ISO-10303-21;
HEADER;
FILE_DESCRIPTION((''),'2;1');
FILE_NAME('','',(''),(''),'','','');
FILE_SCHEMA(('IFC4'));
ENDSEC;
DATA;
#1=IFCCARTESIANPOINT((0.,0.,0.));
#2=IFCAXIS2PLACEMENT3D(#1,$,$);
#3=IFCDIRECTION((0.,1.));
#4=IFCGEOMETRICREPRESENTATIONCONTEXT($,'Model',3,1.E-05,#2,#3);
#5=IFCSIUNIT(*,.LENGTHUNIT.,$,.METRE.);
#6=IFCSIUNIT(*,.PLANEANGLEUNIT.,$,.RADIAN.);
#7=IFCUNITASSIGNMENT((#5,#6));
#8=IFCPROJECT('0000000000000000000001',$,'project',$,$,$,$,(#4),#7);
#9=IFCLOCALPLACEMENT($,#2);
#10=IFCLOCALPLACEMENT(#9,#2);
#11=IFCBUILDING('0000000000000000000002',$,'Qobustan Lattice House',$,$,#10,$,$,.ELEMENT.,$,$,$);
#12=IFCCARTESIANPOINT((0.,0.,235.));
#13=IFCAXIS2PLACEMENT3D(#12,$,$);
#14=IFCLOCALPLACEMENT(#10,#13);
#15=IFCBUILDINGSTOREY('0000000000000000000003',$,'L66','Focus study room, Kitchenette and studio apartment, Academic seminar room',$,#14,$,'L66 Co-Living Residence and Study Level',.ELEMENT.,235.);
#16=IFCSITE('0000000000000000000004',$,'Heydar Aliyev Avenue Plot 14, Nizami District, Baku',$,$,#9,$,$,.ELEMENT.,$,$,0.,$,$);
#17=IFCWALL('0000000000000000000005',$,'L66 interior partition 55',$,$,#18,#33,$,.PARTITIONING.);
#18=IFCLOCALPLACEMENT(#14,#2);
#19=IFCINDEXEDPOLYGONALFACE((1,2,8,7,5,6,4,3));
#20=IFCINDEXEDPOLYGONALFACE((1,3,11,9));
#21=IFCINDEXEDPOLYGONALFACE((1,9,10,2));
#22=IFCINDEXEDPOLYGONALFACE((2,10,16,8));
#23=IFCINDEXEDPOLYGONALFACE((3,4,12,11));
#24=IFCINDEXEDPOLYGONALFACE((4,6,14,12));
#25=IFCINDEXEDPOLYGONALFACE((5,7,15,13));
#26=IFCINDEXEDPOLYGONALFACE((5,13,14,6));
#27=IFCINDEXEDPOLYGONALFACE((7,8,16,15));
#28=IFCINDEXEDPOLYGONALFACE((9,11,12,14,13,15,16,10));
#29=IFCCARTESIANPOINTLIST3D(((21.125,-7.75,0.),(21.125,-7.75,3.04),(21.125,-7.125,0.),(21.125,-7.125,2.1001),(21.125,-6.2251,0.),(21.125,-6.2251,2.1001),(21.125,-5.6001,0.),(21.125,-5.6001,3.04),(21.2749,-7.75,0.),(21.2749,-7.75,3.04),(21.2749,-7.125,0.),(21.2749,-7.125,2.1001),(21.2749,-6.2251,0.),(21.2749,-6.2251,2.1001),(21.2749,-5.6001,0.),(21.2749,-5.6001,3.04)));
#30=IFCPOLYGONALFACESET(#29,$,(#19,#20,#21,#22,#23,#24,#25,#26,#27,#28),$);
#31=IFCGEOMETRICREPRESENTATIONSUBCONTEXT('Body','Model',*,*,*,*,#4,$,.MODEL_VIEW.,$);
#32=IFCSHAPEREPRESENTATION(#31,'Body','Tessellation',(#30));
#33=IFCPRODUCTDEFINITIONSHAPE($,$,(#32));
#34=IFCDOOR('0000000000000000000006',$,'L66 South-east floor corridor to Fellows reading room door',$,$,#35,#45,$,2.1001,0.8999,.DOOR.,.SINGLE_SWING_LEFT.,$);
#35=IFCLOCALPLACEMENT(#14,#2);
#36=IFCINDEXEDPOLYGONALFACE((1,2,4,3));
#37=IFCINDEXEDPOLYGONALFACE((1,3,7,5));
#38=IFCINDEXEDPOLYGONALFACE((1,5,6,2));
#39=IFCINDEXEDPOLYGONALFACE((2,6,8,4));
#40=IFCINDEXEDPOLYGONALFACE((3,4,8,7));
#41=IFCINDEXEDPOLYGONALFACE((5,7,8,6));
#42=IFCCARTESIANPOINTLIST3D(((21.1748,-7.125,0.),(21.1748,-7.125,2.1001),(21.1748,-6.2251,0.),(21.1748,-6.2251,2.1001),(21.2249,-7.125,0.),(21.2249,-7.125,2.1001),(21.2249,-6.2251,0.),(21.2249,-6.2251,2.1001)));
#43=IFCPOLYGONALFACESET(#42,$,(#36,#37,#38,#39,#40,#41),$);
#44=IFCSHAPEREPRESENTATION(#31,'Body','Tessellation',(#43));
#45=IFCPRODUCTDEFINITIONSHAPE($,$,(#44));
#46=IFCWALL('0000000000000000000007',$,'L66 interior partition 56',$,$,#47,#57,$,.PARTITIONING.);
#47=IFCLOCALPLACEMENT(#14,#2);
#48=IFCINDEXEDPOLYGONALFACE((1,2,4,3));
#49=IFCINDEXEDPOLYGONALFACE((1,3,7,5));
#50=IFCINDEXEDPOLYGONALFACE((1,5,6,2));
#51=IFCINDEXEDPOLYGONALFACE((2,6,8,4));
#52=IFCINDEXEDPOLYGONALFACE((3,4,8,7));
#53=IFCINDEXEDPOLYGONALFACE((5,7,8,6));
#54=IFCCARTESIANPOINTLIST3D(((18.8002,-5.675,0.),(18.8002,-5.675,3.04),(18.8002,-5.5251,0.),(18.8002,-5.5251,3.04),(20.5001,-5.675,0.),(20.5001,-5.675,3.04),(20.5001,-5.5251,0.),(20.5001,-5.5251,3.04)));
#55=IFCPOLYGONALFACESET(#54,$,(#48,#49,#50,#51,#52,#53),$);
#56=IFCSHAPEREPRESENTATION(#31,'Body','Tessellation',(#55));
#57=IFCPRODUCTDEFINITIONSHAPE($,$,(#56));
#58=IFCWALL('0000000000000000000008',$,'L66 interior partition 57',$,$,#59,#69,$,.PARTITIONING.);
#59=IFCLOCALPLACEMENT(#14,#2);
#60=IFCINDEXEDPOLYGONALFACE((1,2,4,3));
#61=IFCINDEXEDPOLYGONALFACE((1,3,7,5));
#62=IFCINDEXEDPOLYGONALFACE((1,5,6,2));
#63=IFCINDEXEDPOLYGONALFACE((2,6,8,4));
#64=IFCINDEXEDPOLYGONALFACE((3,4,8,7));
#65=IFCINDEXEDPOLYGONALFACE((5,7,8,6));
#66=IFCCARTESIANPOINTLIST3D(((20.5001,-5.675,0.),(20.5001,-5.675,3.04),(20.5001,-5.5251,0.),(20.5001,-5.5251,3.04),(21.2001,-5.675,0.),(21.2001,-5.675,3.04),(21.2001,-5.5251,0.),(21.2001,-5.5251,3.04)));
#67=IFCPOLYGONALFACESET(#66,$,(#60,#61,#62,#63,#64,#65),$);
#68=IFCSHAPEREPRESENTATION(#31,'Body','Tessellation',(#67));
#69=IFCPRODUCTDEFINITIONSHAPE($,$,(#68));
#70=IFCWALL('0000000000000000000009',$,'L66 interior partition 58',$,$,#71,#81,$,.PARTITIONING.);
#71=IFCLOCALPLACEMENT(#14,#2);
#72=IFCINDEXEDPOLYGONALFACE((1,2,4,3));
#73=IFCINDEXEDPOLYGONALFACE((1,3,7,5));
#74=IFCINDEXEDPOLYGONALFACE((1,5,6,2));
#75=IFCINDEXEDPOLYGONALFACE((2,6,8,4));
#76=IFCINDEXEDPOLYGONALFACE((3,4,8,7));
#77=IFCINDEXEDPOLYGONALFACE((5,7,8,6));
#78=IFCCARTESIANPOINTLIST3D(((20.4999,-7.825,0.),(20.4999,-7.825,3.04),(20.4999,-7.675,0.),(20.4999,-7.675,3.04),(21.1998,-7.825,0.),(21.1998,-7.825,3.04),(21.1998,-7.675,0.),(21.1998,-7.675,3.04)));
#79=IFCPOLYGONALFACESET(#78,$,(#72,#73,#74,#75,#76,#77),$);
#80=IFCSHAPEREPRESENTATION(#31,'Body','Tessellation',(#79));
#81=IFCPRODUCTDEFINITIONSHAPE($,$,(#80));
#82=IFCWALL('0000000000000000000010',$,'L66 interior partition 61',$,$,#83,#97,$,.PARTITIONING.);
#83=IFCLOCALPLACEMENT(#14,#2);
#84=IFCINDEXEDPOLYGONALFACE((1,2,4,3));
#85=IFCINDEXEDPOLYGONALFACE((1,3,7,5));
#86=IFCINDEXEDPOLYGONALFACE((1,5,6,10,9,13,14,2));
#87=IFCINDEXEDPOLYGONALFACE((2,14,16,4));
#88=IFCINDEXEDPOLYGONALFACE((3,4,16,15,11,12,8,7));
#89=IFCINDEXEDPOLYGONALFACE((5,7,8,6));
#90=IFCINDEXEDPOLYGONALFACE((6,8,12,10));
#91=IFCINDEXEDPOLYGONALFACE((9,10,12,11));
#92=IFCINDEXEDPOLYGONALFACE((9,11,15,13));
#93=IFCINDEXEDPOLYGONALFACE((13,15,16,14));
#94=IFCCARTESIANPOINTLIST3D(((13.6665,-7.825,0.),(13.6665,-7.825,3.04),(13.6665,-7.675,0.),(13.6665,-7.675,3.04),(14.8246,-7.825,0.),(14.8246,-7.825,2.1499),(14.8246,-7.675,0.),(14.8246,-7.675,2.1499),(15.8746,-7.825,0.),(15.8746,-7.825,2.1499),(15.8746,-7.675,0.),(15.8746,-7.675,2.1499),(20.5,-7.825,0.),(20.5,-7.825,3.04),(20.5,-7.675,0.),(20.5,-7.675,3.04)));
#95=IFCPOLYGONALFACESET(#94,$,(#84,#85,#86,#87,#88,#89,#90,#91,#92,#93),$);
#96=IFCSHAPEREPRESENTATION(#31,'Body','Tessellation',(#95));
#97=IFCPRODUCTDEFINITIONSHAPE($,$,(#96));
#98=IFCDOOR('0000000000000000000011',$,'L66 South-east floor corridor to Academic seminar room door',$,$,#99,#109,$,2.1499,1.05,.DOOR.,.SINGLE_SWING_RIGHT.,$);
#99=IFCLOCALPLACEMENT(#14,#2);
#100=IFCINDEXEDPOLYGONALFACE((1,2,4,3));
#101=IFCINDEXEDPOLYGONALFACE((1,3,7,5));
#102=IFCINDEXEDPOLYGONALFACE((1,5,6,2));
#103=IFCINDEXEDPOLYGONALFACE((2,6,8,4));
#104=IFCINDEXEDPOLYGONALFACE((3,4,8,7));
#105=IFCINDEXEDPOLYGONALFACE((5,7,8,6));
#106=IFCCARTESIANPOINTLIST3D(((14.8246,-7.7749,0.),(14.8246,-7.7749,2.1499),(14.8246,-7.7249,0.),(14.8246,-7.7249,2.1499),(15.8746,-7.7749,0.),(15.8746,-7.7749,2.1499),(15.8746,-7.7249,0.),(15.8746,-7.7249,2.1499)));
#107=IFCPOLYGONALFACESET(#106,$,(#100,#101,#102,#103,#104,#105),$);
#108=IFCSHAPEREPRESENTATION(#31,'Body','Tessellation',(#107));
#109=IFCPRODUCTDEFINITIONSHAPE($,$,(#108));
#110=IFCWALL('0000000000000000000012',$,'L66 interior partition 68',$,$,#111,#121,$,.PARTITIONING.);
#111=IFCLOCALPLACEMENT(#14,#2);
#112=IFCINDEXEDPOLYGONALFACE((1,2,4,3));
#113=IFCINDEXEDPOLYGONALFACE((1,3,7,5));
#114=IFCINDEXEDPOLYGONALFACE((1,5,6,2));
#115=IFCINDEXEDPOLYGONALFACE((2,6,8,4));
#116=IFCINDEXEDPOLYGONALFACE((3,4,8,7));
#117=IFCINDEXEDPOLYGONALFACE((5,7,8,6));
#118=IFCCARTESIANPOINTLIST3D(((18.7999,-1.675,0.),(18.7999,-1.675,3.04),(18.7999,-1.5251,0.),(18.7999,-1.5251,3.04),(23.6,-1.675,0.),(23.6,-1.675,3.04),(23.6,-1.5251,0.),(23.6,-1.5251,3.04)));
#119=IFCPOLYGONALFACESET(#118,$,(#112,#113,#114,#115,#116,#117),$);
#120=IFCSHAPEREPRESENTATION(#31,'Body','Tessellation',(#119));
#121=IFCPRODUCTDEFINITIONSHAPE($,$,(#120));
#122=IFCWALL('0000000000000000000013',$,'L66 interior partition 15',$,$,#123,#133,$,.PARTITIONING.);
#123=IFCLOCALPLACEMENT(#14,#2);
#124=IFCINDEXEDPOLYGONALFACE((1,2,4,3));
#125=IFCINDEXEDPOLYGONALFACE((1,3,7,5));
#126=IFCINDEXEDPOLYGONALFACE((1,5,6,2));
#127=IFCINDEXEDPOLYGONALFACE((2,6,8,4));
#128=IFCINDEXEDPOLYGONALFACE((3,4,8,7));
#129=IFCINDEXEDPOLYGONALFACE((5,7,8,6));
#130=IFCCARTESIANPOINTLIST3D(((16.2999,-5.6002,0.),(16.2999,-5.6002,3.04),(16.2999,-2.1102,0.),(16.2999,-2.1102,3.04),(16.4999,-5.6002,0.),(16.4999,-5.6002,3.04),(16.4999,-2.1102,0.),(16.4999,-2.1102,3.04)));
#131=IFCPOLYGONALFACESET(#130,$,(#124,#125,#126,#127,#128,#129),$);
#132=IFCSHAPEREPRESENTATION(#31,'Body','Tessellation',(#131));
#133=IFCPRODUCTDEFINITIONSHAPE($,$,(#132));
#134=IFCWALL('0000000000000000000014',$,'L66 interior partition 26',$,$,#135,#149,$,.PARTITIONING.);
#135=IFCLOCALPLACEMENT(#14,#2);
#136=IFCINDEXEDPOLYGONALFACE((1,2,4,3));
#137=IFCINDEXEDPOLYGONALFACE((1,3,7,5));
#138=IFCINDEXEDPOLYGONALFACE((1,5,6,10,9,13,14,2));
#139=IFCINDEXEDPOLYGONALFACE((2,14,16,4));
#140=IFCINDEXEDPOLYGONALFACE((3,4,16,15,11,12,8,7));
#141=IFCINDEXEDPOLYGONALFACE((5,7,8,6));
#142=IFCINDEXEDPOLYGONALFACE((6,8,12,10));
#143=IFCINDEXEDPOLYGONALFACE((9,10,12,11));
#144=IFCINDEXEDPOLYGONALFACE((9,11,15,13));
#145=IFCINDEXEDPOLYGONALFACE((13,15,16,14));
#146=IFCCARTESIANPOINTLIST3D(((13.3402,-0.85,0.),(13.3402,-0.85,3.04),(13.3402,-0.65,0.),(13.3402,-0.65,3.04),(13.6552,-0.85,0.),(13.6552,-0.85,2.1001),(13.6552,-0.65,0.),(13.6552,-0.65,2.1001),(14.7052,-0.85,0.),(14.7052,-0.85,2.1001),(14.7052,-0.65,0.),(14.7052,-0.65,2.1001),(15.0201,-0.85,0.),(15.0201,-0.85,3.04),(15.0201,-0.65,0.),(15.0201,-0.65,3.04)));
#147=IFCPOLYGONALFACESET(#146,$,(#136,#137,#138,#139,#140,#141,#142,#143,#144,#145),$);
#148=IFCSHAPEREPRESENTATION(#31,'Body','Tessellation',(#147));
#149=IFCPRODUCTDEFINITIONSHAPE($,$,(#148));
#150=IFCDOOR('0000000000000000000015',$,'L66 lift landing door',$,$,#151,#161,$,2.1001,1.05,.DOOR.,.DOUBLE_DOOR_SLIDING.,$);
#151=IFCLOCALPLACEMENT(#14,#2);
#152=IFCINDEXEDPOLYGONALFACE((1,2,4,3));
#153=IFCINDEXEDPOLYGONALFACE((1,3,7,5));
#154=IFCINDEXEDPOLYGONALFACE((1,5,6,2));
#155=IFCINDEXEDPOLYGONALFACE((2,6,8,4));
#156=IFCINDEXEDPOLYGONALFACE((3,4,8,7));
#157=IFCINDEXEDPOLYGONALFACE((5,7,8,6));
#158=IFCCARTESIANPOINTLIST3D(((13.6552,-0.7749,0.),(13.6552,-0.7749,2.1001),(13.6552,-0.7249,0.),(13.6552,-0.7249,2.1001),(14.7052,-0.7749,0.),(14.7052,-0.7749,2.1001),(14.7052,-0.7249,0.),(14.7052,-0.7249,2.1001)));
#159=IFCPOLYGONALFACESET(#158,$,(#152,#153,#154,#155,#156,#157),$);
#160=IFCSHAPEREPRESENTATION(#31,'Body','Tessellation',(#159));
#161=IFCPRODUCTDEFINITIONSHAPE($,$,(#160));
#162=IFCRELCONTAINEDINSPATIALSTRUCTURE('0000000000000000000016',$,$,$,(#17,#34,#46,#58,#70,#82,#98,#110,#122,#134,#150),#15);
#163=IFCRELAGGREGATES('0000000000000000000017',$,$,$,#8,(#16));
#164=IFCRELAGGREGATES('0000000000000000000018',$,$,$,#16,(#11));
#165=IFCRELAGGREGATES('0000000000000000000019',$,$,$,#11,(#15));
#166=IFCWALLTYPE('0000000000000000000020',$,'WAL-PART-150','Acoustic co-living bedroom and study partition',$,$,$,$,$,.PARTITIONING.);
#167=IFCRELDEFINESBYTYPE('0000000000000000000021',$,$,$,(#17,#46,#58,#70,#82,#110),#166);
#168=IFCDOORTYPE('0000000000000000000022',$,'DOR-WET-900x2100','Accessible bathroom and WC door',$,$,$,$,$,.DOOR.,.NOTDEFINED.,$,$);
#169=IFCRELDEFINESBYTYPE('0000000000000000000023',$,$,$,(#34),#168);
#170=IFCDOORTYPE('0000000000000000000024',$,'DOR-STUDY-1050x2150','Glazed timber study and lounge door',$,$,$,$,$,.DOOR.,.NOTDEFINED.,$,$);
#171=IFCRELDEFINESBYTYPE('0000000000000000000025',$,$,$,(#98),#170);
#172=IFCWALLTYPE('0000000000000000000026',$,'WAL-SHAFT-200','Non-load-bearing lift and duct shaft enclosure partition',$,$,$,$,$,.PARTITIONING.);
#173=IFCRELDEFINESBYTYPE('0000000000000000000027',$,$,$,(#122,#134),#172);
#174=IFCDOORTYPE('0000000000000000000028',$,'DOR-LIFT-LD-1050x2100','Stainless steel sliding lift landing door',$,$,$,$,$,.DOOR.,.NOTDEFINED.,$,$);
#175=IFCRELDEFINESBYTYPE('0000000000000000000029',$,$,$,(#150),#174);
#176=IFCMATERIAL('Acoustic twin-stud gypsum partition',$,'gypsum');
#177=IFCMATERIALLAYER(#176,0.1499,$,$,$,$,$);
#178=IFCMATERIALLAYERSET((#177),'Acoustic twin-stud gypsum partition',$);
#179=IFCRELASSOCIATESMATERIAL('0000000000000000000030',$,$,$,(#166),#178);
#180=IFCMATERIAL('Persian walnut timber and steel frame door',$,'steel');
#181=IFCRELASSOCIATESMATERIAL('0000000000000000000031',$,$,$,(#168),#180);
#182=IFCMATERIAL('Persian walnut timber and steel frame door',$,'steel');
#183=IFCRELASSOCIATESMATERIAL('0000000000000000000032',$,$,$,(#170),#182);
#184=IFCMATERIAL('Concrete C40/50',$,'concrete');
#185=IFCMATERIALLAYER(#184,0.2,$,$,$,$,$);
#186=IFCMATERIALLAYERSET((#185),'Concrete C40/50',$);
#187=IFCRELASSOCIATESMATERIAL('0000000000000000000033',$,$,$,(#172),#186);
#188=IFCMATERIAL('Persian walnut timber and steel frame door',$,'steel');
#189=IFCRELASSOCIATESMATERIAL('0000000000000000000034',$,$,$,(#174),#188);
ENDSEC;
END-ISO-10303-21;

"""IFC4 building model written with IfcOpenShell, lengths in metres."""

from ifc_helpers import new_model, si_unit, direction, frame, frame_2d, origin, place, context, subcontext, project, spatial, rectangle, extrude, material, layer, layer_set, type_object, element, fill, save


model = new_model("IFC4")

# Units and contexts
model_context = context("Model", 3, precision=1e-05, world=origin(), true_north=direction((0.0, 1.0)))
body_context = subcontext(model_context, "Body", "Model", "MODEL_VIEW")
ifc_project = project(units=[si_unit("LENGTHUNIT", "METRE"), si_unit("PLANEANGLEUNIT", "RADIAN")], contexts=[model_context])

# Site, building, storey
site_placement = place(None, origin())
site = spatial("IfcSite", under=ifc_project, at=site_placement, Name="Heydar Aliyev Avenue Plot 14, Nizami District, Baku", CompositionType="ELEMENT", RefElevation=0.0)
building_placement = place(site_placement, origin())
building = spatial("IfcBuilding", under=site, at=building_placement, Name="Qobustan Lattice House", CompositionType="ELEMENT")
storey_placement = place(building_placement, frame((0.0, 0.0, 235.0)))
storey = spatial("IfcBuildingStorey", under=building, at=storey_placement, Name="L66", Description="Focus study room, Kitchenette and studio apartment, Academic seminar room", LongName="L66 Co-Living Residence and Study Level", CompositionType="ELEMENT", Elevation=235.0)

# Wall, opening, door
ifc_material_1 = material(Name="Acoustic twin-stud gypsum partition", Category="gypsum")
ifc_layer_1 = layer(ifc_material_1, 0.1499)
ifc_layer_set_1 = layer_set([ifc_layer_1], Name="Acoustic twin-stud gypsum partition")
wall_type_1 = type_object("IfcWallType", Name="WAL-PART-150", Description="Acoustic co-living bedroom and study partition", PredefinedType="PARTITIONING", material=ifc_layer_set_1)
wall_1_placement = place(storey_placement, frame((21.2, -5.6001, 0.0), z_axis=(0.0, 0.0, 1.0), x_axis=(0.0, -1.0, 0.0)))
wall_1 = element("IfcWall", 1, at=wall_1_placement, inside=storey, type_object=wall_type_1, Name="L66 interior partition 55", PredefinedType="PARTITIONING", context=body_context, shape_type="SweptSolid", body=[
    extrude(rectangle(XDim=2.1499, YDim=0.1499, at=frame_2d((1.075, 0.0))), origin(), (0.0, 0.0, 1.0), 3.04),
])
opening_1_placement = place(wall_1_placement, frame((0.625, 0.0, 0.0)))
opening_1 = element("IfcOpeningElement", 2, at=opening_1_placement, cuts=wall_1, PredefinedType="OPENING", context=body_context, shape_type="SweptSolid", body=[
    extrude(rectangle(XDim=0.8999, YDim=2.1001, at=frame_2d((0.45, 1.05))), frame((0.0, 0.085, 0.0), z_axis=(0.0, -1.0, 0.0), x_axis=(1.0, 0.0, 0.0)), (0.0, 0.0, 1.0), 0.1699),
])
ifc_material_2 = material(Name="Persian walnut timber and steel frame door", Category="steel")
door_type_1 = type_object("IfcDoorType", Name="DOR-WET-900x2100", Description="Accessible bathroom and WC door", OperationType="NOTDEFINED", PredefinedType="DOOR", material=ifc_material_2)
door_1_placement = place(opening_1_placement, origin())
door_1 = element("IfcDoor", 3, at=door_1_placement, inside=storey, type_object=door_type_1, Name="L66 South-east floor corridor to Fellows reading room door", OperationType="SINGLE_SWING_LEFT", OverallHeight=2.1001, OverallWidth=0.8999, PredefinedType="DOOR", context=body_context, shape_type="SweptSolid", body=[
    extrude(rectangle(XDim=0.8999, YDim=2.1001, at=frame_2d((0.45, 1.05))), frame((0.0, 0.0249, 0.0), z_axis=(0.0, -1.0, 0.0), x_axis=(1.0, 0.0, 0.0)), (0.0, 0.0, 1.0), 0.05),
])
fill(opening_1, door_1)

# Walls
wall_2_placement = place(storey_placement, frame((18.8, -5.6001, 0.0), z_axis=(0.0, 0.0, 1.0), x_axis=(1.0, 0.0, 0.0)))
element("IfcWall", 4, at=wall_2_placement, inside=storey, type_object=wall_type_1, Name="L66 interior partition 56", PredefinedType="PARTITIONING", context=body_context, shape_type="SweptSolid", body=[
    extrude(rectangle(XDim=1.7, YDim=0.1499, at=frame_2d((0.8501, 0.0))), origin(), (0.0, 0.0, 1.0), 3.04),
])
for number, where, z_axis, x_axis, name in (
    (5, (20.5, -5.6001, 0.0), (0.0, 0.0, 1.0), (1.0, 0.0, 0.0), "L66 interior partition 57"),
    (6, (21.2, -7.75, 0.0), (0.0, 0.0, 1.0), (-1.0, 0.0, 0.0), "L66 interior partition 58"),
):
    element("IfcWall", number, at=place(storey_placement, frame(where, z_axis=z_axis, x_axis=x_axis)), inside=storey, type_object=wall_type_1, Name=name, PredefinedType="PARTITIONING", context=body_context, shape_type="SweptSolid", body=[
        extrude(rectangle(XDim=0.7, YDim=0.1499, at=frame_2d((0.3501, 0.0))), origin(), (0.0, 0.0, 1.0), 3.04),
    ])

# Wall, opening, door
wall_3_placement = place(storey_placement, frame((20.5, -7.75, 0.0), z_axis=(0.0, 0.0, 1.0), x_axis=(-1.0, 0.0, 0.0)))
wall_3 = element("IfcWall", 7, at=wall_3_placement, inside=storey, type_object=wall_type_1, Name="L66 interior partition 61", PredefinedType="PARTITIONING", context=body_context, shape_type="SweptSolid", body=[
    extrude(rectangle(XDim=6.8335, YDim=0.1499, at=frame_2d((3.4167, 0.0))), origin(), (0.0, 0.0, 1.0), 3.04),
])
opening_2_placement = place(wall_3_placement, frame((4.6255, 0.0, 0.0)))
opening_2 = element("IfcOpeningElement", 8, at=opening_2_placement, cuts=wall_3, PredefinedType="OPENING", context=body_context, shape_type="SweptSolid", body=[
    extrude(rectangle(XDim=1.05, YDim=2.1499, at=frame_2d((0.5249, 1.075))), frame((0.0, 0.085, 0.0), z_axis=(0.0, -1.0, 0.0), x_axis=(1.0, 0.0, 0.0)), (0.0, 0.0, 1.0), 0.1699),
])
ifc_material_3 = material(Name="Persian walnut timber and steel frame door", Category="steel")
door_type_2 = type_object("IfcDoorType", Name="DOR-STUDY-1050x2150", Description="Glazed timber study and lounge door", OperationType="NOTDEFINED", PredefinedType="DOOR", material=ifc_material_3)
door_2_placement = place(opening_2_placement, origin())
door_2 = element("IfcDoor", 9, at=door_2_placement, inside=storey, type_object=door_type_2, Name="L66 South-east floor corridor to Academic seminar room door", OperationType="SINGLE_SWING_RIGHT", OverallHeight=2.1499, OverallWidth=1.05, PredefinedType="DOOR", context=body_context, shape_type="SweptSolid", body=[
    extrude(rectangle(XDim=1.05, YDim=2.1499, at=frame_2d((0.5249, 1.075))), frame((0.0, 0.0249, 0.0), z_axis=(0.0, -1.0, 0.0), x_axis=(1.0, 0.0, 0.0)), (0.0, 0.0, 1.0), 0.05),
])
fill(opening_2, door_2)

# Walls
wall_4_placement = place(storey_placement, frame((18.8, -1.6001, 0.0), z_axis=(0.0, 0.0, 1.0), x_axis=(1.0, 0.0, 0.0)))
element("IfcWall", 10, at=wall_4_placement, inside=storey, type_object=wall_type_1, Name="L66 interior partition 68", PredefinedType="PARTITIONING", context=body_context, shape_type="SweptSolid", body=[
    extrude(rectangle(XDim=4.8, YDim=0.1499, at=frame_2d((2.3999, 0.0))), origin(), (0.0, 0.0, 1.0), 3.04),
])
ifc_material_4 = material(Name="Concrete C40/50", Category="concrete")
ifc_layer_2 = layer(ifc_material_4, 0.2)
ifc_layer_set_2 = layer_set([ifc_layer_2], Name="Concrete C40/50")
wall_type_2 = type_object("IfcWallType", Name="WAL-SHAFT-200", Description="Non-load-bearing lift and duct shaft enclosure partition", PredefinedType="PARTITIONING", material=ifc_layer_set_2)
wall_5_placement = place(storey_placement, frame((16.3999, -2.1101, 0.0), z_axis=(0.0, 0.0, 1.0), x_axis=(0.0, -1.0, 0.0)))
element("IfcWall", 11, at=wall_5_placement, inside=storey, type_object=wall_type_2, Name="L66 interior partition 15", PredefinedType="PARTITIONING", context=body_context, shape_type="SweptSolid", body=[
    extrude(rectangle(XDim=3.49, YDim=0.2, at=frame_2d((1.7451, 0.0))), origin(), (0.0, 0.0, 1.0), 3.04),
])

# Wall, opening, door
wall_6_placement = place(storey_placement, frame((15.02, -0.75, 0.0), z_axis=(0.0, 0.0, 1.0), x_axis=(-1.0, 0.0, 0.0)))
wall_6 = element("IfcWall", 12, at=wall_6_placement, inside=storey, type_object=wall_type_2, Name="L66 interior partition 26", PredefinedType="PARTITIONING", context=body_context, shape_type="SweptSolid", body=[
    extrude(rectangle(XDim=1.6799, YDim=0.2, at=frame_2d((0.8398, 0.0))), origin(), (0.0, 0.0, 1.0), 3.04),
])
opening_3_placement = place(wall_6_placement, frame((0.3149, 0.0, 0.0)))
opening_3 = element("IfcOpeningElement", 13, at=opening_3_placement, cuts=wall_6, PredefinedType="OPENING", context=body_context, shape_type="SweptSolid", body=[
    extrude(rectangle(XDim=1.05, YDim=2.1001, at=frame_2d((0.5249, 1.05))), frame((0.0, 0.1099, 0.0), z_axis=(0.0, -1.0, 0.0), x_axis=(1.0, 0.0, 0.0)), (0.0, 0.0, 1.0), 0.22),
])
ifc_material_5 = material(Name="Persian walnut timber and steel frame door", Category="steel")
door_type_3 = type_object("IfcDoorType", Name="DOR-LIFT-LD-1050x2100", Description="Stainless steel sliding lift landing door", OperationType="NOTDEFINED", PredefinedType="DOOR", material=ifc_material_5)
door_3_placement = place(opening_3_placement, origin())
door_3 = element("IfcDoor", 14, at=door_3_placement, inside=storey, type_object=door_type_3, Name="L66 lift landing door", OperationType="DOUBLE_DOOR_SLIDING", OverallHeight=2.1001, OverallWidth=1.05, PredefinedType="DOOR", context=body_context, shape_type="SweptSolid", body=[
    extrude(rectangle(XDim=1.05, YDim=2.1001, at=frame_2d((0.5249, 1.05))), frame((0.0, 0.0249, 0.0), z_axis=(0.0, -1.0, 0.0), x_axis=(1.0, 0.0, 0.0)), (0.0, 0.0, 1.0), 0.05),
])
fill(opening_3, door_3)

save(model, "model.ifc")
